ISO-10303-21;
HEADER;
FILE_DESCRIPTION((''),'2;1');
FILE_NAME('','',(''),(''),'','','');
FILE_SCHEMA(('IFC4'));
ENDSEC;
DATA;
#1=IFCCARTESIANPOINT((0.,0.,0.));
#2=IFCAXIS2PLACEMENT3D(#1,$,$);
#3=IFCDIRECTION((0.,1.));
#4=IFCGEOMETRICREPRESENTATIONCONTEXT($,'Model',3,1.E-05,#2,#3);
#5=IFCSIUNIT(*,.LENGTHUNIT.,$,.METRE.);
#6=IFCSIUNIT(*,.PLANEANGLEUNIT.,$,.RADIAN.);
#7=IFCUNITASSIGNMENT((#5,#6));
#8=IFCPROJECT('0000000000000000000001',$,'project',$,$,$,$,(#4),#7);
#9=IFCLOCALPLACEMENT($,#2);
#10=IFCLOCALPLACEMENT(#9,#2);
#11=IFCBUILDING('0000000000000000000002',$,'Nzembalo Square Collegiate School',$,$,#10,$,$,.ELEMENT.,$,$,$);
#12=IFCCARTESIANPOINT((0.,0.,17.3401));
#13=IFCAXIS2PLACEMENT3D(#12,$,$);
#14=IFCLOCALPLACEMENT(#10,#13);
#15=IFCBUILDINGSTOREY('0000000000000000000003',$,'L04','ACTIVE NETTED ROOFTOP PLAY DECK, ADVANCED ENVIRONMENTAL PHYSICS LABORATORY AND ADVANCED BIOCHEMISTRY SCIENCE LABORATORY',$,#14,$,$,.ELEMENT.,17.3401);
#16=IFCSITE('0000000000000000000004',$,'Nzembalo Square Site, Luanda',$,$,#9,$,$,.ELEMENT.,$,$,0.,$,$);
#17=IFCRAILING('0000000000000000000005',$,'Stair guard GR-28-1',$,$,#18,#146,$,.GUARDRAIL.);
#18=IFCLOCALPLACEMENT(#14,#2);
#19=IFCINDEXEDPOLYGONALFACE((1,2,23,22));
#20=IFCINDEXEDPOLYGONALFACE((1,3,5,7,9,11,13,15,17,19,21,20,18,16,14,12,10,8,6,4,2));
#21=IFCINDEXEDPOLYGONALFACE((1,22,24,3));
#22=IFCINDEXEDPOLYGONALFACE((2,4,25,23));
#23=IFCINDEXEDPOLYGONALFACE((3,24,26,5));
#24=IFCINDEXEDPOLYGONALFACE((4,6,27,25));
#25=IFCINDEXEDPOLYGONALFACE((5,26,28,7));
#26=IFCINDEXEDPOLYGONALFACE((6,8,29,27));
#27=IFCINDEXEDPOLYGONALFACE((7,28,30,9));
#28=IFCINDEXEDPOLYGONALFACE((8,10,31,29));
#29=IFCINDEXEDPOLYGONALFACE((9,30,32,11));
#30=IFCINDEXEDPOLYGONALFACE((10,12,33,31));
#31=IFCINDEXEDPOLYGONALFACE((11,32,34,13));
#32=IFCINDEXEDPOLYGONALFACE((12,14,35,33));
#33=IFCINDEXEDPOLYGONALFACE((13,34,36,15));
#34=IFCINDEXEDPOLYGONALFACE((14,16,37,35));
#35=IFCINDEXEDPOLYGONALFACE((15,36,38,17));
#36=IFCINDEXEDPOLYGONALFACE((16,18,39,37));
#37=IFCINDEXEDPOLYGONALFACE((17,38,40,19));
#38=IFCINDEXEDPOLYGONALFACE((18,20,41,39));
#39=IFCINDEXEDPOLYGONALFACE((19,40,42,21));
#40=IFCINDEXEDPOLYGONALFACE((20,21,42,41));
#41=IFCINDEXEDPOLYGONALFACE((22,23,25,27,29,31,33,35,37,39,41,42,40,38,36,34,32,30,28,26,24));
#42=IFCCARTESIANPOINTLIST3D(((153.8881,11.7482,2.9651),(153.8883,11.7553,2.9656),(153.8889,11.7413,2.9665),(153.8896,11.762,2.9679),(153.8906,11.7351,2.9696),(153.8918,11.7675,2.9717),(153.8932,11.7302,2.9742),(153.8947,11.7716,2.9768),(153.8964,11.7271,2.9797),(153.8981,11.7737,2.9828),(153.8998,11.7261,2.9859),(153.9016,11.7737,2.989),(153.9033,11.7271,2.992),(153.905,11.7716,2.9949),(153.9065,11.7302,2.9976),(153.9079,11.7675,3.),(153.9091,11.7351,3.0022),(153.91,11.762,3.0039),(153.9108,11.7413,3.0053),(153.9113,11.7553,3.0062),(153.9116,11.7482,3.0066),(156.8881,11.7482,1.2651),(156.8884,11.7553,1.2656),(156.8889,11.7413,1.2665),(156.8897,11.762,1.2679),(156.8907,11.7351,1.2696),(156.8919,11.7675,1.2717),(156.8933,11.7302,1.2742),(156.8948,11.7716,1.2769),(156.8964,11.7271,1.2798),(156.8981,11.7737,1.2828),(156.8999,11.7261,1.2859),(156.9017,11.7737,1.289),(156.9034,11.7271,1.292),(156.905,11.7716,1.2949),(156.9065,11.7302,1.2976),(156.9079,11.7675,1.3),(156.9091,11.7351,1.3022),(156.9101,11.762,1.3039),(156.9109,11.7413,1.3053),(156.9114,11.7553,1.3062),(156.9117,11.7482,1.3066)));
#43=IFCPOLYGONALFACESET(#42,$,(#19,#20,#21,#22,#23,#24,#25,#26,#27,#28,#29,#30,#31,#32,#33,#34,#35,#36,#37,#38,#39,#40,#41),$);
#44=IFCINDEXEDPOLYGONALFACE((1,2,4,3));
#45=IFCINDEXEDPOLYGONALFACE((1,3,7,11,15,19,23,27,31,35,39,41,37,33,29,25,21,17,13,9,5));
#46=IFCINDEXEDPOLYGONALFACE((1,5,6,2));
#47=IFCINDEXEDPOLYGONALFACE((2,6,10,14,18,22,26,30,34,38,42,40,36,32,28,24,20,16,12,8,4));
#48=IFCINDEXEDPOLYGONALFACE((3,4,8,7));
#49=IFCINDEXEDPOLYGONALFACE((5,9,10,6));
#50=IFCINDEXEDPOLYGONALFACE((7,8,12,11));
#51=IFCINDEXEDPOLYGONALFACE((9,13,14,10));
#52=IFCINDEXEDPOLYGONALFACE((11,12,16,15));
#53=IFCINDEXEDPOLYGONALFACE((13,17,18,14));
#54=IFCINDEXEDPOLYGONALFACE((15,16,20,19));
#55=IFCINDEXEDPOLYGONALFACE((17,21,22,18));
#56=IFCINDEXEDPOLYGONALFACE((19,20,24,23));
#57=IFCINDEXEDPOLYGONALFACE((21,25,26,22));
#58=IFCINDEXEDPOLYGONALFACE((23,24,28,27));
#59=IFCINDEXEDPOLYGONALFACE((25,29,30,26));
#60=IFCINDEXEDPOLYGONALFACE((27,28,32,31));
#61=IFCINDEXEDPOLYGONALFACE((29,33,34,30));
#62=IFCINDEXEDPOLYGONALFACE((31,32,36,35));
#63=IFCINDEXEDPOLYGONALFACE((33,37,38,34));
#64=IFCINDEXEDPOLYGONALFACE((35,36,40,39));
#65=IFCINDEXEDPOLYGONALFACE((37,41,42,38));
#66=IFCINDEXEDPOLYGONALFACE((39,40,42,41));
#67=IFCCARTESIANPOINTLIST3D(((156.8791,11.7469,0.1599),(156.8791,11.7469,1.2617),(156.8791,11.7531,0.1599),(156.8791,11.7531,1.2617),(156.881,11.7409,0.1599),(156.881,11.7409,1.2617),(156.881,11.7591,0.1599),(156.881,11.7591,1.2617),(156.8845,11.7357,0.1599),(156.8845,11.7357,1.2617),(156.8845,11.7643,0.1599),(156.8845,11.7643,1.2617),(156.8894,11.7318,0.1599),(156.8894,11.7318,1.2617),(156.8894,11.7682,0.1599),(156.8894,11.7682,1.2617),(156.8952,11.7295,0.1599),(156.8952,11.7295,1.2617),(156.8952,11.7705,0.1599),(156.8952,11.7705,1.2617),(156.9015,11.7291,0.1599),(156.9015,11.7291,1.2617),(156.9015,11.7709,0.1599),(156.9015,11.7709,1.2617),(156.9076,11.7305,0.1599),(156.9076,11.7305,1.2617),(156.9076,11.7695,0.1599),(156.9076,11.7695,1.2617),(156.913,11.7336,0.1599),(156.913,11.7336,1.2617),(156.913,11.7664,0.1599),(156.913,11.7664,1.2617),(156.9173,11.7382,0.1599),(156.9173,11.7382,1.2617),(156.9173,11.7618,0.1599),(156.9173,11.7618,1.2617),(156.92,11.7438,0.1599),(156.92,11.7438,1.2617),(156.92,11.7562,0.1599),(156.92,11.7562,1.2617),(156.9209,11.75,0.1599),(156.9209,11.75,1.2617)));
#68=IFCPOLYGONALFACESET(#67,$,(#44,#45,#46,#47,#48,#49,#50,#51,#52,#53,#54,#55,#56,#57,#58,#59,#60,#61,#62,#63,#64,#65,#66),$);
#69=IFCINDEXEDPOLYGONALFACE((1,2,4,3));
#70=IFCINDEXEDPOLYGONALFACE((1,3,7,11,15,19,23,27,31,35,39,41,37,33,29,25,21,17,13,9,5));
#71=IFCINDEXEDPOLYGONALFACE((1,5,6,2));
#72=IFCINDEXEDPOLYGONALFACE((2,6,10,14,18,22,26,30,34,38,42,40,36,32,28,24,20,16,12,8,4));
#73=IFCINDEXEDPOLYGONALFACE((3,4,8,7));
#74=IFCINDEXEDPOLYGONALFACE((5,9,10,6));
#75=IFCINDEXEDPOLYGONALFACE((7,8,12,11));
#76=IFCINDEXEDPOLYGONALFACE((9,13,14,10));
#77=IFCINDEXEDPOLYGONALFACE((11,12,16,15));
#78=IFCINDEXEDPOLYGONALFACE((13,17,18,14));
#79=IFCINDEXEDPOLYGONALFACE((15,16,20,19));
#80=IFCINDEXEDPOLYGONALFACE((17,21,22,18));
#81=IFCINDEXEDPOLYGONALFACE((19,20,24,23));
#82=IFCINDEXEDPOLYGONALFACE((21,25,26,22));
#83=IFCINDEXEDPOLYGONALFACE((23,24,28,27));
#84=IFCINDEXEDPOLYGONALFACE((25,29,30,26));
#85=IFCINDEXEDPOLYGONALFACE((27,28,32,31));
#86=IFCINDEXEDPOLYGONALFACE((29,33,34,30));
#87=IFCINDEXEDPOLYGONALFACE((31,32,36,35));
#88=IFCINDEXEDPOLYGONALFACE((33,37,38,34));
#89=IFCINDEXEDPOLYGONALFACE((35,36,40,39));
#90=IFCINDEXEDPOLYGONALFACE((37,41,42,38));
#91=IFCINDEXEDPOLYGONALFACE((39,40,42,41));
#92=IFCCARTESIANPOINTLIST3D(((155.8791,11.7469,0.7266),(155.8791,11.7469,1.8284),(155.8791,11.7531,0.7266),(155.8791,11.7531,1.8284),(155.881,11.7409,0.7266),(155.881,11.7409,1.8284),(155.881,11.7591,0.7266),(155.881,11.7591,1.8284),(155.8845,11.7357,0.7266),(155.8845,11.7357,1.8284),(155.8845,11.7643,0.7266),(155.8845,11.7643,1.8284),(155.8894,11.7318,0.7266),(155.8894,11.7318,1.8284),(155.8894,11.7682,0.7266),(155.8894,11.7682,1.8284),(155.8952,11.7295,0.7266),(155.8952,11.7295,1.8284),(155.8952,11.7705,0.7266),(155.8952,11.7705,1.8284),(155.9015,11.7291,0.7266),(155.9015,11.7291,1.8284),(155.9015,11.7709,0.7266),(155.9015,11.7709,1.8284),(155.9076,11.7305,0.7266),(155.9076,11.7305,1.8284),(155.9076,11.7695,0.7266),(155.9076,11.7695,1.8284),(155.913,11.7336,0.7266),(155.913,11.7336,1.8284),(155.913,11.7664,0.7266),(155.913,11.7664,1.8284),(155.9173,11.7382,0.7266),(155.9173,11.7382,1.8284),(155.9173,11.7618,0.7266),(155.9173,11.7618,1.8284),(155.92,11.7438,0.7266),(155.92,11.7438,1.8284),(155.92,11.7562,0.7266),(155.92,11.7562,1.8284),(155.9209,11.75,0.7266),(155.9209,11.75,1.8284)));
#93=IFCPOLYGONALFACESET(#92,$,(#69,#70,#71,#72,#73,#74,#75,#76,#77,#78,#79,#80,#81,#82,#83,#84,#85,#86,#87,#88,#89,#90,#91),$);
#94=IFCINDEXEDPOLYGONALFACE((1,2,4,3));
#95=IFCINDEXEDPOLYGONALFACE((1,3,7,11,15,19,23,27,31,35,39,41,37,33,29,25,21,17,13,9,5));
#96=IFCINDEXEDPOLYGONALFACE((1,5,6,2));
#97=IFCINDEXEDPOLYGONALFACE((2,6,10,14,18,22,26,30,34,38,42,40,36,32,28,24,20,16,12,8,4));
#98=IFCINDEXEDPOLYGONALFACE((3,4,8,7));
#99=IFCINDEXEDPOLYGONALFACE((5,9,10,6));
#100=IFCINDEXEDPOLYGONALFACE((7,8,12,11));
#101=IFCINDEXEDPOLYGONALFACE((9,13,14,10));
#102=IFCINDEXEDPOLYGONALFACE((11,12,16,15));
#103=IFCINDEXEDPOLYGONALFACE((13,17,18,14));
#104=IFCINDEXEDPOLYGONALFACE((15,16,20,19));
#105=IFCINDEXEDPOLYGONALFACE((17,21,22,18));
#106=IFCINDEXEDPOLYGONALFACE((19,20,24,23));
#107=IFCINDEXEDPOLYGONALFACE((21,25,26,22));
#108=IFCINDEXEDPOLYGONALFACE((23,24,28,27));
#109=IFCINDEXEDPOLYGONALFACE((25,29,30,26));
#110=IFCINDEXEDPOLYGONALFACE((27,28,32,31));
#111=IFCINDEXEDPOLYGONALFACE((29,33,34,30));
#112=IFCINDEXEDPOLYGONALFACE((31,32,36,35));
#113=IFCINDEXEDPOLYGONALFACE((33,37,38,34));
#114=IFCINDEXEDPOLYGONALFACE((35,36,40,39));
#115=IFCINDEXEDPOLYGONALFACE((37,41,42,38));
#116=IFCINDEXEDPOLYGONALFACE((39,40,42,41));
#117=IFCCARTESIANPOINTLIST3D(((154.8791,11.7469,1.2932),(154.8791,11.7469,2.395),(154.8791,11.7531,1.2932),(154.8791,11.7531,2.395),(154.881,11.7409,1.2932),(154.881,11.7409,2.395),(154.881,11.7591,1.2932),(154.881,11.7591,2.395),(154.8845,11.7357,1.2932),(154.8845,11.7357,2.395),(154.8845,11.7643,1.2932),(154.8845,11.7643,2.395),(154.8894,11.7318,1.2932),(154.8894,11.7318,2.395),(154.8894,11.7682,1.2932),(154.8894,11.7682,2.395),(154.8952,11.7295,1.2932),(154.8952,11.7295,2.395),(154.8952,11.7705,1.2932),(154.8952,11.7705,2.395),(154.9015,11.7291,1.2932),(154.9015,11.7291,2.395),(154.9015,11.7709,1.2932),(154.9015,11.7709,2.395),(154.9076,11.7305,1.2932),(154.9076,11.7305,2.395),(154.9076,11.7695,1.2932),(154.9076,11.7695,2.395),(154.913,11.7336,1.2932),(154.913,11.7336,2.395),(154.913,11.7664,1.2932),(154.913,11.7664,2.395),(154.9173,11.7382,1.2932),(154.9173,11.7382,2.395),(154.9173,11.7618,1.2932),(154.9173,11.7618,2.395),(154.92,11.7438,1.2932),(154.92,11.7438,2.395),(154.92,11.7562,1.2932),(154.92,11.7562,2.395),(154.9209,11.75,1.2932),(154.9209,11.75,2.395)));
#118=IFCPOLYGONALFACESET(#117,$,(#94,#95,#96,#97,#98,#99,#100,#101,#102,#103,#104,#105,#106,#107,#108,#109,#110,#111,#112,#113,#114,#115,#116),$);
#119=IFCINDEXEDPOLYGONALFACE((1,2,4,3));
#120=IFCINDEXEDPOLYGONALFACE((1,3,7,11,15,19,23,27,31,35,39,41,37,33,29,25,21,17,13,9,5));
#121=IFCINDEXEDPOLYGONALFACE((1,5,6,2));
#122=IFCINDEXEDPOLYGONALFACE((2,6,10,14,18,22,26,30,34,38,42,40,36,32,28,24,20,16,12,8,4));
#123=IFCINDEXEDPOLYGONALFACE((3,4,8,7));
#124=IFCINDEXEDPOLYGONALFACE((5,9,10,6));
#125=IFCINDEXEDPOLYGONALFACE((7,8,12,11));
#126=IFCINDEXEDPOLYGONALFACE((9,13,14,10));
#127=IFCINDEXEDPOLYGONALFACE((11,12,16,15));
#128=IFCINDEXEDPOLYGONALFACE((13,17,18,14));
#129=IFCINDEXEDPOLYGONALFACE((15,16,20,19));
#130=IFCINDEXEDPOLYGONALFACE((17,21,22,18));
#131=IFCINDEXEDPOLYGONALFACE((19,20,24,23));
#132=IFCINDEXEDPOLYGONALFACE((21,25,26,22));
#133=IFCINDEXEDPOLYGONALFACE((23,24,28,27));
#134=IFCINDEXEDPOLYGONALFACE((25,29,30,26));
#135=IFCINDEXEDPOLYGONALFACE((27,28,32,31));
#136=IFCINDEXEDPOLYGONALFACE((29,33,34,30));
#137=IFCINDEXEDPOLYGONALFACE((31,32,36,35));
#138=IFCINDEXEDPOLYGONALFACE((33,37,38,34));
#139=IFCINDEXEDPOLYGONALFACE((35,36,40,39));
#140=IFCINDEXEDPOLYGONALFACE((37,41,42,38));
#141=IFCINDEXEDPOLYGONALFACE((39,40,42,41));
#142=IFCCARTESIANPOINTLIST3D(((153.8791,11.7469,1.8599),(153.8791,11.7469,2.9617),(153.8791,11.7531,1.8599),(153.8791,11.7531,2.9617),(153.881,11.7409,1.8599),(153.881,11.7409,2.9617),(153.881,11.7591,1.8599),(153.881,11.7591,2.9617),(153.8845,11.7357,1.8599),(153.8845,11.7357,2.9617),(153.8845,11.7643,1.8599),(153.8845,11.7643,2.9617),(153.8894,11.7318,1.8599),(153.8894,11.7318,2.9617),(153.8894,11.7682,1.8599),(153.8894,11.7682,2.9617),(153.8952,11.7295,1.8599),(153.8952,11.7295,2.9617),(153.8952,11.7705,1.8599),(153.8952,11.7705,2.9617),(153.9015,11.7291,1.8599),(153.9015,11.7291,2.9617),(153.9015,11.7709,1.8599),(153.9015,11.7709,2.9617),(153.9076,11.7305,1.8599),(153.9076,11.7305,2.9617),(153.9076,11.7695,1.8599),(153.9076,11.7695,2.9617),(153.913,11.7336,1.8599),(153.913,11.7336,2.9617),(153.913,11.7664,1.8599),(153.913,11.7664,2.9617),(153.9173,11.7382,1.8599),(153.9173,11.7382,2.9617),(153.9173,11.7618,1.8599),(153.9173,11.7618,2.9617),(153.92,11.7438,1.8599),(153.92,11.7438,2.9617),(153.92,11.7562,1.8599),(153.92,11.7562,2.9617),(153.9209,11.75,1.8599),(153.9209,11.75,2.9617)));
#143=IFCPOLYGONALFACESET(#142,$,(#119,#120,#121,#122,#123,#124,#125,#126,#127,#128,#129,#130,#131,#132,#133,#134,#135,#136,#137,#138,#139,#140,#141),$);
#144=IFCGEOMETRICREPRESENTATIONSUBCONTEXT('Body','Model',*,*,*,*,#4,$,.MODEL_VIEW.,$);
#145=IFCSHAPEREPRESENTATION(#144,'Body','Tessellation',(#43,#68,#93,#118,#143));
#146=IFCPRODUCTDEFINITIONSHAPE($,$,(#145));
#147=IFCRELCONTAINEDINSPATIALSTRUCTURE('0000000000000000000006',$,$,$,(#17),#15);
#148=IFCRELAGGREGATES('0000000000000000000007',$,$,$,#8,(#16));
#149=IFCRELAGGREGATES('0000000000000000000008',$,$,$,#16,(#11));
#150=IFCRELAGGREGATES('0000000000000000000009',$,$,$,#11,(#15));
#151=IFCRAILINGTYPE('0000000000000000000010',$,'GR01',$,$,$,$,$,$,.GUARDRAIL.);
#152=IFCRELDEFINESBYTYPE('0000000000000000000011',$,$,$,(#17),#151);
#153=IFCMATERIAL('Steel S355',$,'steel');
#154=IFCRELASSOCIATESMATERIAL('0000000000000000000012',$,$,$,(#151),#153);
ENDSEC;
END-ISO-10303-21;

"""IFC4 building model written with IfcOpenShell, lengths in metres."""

from ifc_helpers import new_model, si_unit, direction, frame, origin, origin_2d, place, context, subcontext, project, spatial, circle, extrude, material, type_object, element, save


model = new_model("IFC4")

# Units and contexts
model_context = context("Model", 3, precision=1e-05, world=origin(), true_north=direction((0.0, 1.0)))
body_context = subcontext(model_context, "Body", "Model", "MODEL_VIEW")
ifc_project = project(units=[si_unit("LENGTHUNIT", "METRE"), si_unit("PLANEANGLEUNIT", "RADIAN")], contexts=[model_context])

# Site, building, storey
site_placement = place(None, origin())
site = spatial("IfcSite", under=ifc_project, at=site_placement, Name="Nzembalo Square Site, Luanda", CompositionType="ELEMENT", RefElevation=0.0)
building_placement = place(site_placement, origin())
building = spatial("IfcBuilding", under=site, at=building_placement, Name="Nzembalo Square Collegiate School", CompositionType="ELEMENT")
storey_placement = place(building_placement, frame((0.0, 0.0, 17.3401)))
storey = spatial("IfcBuildingStorey", under=building, at=storey_placement, Name="L04", Description="ACTIVE NETTED ROOFTOP PLAY DECK, ADVANCED ENVIRONMENTAL PHYSICS LABORATORY AND ADVANCED BIOCHEMISTRY SCIENCE LABORATORY", CompositionType="ELEMENT", Elevation=17.3401)

# Railing
ifc_material_1 = material(Name="Steel S355", Category="steel")
railing_type_1 = type_object("IfcRailingType", Name="GR01", PredefinedType="GUARDRAIL", material=ifc_material_1)
railing_1_placement = place(storey_placement, frame((156.8999, 11.75, 0.1599)))
element("IfcRailing", 1, at=railing_1_placement, inside=storey, type_object=railing_type_1, Name="Stair guard GR-28-1", PredefinedType="GUARDRAIL", context=body_context, shape_type="SweptSolid", body=[
    extrude(circle(Radius=0.0239, at=origin_2d()), frame((0.0, 0.0, 1.126), z_axis=(-0.870028, 0.0, 0.493002), x_axis=(0.0, -1.0, 0.0)), (0.0, 0.0, 1.0), 3.4482),
    extrude(circle(Radius=0.021, at=origin_2d()), origin(), (0.0, 0.0, 1.0), 1.1018),
    extrude(circle(Radius=0.021, at=origin_2d()), frame((-1.0, 0.0, 0.5667)), (0.0, 0.0, 1.0), 1.1018),
    extrude(circle(Radius=0.021, at=origin_2d()), frame((-2.0, 0.0, 1.1333)), (0.0, 0.0, 1.0), 1.1018),
    extrude(circle(Radius=0.021, at=origin_2d()), frame((-3.0, 0.0, 1.7)), (0.0, 0.0, 1.0), 1.1018),
])

save(model, "model.ifc")
